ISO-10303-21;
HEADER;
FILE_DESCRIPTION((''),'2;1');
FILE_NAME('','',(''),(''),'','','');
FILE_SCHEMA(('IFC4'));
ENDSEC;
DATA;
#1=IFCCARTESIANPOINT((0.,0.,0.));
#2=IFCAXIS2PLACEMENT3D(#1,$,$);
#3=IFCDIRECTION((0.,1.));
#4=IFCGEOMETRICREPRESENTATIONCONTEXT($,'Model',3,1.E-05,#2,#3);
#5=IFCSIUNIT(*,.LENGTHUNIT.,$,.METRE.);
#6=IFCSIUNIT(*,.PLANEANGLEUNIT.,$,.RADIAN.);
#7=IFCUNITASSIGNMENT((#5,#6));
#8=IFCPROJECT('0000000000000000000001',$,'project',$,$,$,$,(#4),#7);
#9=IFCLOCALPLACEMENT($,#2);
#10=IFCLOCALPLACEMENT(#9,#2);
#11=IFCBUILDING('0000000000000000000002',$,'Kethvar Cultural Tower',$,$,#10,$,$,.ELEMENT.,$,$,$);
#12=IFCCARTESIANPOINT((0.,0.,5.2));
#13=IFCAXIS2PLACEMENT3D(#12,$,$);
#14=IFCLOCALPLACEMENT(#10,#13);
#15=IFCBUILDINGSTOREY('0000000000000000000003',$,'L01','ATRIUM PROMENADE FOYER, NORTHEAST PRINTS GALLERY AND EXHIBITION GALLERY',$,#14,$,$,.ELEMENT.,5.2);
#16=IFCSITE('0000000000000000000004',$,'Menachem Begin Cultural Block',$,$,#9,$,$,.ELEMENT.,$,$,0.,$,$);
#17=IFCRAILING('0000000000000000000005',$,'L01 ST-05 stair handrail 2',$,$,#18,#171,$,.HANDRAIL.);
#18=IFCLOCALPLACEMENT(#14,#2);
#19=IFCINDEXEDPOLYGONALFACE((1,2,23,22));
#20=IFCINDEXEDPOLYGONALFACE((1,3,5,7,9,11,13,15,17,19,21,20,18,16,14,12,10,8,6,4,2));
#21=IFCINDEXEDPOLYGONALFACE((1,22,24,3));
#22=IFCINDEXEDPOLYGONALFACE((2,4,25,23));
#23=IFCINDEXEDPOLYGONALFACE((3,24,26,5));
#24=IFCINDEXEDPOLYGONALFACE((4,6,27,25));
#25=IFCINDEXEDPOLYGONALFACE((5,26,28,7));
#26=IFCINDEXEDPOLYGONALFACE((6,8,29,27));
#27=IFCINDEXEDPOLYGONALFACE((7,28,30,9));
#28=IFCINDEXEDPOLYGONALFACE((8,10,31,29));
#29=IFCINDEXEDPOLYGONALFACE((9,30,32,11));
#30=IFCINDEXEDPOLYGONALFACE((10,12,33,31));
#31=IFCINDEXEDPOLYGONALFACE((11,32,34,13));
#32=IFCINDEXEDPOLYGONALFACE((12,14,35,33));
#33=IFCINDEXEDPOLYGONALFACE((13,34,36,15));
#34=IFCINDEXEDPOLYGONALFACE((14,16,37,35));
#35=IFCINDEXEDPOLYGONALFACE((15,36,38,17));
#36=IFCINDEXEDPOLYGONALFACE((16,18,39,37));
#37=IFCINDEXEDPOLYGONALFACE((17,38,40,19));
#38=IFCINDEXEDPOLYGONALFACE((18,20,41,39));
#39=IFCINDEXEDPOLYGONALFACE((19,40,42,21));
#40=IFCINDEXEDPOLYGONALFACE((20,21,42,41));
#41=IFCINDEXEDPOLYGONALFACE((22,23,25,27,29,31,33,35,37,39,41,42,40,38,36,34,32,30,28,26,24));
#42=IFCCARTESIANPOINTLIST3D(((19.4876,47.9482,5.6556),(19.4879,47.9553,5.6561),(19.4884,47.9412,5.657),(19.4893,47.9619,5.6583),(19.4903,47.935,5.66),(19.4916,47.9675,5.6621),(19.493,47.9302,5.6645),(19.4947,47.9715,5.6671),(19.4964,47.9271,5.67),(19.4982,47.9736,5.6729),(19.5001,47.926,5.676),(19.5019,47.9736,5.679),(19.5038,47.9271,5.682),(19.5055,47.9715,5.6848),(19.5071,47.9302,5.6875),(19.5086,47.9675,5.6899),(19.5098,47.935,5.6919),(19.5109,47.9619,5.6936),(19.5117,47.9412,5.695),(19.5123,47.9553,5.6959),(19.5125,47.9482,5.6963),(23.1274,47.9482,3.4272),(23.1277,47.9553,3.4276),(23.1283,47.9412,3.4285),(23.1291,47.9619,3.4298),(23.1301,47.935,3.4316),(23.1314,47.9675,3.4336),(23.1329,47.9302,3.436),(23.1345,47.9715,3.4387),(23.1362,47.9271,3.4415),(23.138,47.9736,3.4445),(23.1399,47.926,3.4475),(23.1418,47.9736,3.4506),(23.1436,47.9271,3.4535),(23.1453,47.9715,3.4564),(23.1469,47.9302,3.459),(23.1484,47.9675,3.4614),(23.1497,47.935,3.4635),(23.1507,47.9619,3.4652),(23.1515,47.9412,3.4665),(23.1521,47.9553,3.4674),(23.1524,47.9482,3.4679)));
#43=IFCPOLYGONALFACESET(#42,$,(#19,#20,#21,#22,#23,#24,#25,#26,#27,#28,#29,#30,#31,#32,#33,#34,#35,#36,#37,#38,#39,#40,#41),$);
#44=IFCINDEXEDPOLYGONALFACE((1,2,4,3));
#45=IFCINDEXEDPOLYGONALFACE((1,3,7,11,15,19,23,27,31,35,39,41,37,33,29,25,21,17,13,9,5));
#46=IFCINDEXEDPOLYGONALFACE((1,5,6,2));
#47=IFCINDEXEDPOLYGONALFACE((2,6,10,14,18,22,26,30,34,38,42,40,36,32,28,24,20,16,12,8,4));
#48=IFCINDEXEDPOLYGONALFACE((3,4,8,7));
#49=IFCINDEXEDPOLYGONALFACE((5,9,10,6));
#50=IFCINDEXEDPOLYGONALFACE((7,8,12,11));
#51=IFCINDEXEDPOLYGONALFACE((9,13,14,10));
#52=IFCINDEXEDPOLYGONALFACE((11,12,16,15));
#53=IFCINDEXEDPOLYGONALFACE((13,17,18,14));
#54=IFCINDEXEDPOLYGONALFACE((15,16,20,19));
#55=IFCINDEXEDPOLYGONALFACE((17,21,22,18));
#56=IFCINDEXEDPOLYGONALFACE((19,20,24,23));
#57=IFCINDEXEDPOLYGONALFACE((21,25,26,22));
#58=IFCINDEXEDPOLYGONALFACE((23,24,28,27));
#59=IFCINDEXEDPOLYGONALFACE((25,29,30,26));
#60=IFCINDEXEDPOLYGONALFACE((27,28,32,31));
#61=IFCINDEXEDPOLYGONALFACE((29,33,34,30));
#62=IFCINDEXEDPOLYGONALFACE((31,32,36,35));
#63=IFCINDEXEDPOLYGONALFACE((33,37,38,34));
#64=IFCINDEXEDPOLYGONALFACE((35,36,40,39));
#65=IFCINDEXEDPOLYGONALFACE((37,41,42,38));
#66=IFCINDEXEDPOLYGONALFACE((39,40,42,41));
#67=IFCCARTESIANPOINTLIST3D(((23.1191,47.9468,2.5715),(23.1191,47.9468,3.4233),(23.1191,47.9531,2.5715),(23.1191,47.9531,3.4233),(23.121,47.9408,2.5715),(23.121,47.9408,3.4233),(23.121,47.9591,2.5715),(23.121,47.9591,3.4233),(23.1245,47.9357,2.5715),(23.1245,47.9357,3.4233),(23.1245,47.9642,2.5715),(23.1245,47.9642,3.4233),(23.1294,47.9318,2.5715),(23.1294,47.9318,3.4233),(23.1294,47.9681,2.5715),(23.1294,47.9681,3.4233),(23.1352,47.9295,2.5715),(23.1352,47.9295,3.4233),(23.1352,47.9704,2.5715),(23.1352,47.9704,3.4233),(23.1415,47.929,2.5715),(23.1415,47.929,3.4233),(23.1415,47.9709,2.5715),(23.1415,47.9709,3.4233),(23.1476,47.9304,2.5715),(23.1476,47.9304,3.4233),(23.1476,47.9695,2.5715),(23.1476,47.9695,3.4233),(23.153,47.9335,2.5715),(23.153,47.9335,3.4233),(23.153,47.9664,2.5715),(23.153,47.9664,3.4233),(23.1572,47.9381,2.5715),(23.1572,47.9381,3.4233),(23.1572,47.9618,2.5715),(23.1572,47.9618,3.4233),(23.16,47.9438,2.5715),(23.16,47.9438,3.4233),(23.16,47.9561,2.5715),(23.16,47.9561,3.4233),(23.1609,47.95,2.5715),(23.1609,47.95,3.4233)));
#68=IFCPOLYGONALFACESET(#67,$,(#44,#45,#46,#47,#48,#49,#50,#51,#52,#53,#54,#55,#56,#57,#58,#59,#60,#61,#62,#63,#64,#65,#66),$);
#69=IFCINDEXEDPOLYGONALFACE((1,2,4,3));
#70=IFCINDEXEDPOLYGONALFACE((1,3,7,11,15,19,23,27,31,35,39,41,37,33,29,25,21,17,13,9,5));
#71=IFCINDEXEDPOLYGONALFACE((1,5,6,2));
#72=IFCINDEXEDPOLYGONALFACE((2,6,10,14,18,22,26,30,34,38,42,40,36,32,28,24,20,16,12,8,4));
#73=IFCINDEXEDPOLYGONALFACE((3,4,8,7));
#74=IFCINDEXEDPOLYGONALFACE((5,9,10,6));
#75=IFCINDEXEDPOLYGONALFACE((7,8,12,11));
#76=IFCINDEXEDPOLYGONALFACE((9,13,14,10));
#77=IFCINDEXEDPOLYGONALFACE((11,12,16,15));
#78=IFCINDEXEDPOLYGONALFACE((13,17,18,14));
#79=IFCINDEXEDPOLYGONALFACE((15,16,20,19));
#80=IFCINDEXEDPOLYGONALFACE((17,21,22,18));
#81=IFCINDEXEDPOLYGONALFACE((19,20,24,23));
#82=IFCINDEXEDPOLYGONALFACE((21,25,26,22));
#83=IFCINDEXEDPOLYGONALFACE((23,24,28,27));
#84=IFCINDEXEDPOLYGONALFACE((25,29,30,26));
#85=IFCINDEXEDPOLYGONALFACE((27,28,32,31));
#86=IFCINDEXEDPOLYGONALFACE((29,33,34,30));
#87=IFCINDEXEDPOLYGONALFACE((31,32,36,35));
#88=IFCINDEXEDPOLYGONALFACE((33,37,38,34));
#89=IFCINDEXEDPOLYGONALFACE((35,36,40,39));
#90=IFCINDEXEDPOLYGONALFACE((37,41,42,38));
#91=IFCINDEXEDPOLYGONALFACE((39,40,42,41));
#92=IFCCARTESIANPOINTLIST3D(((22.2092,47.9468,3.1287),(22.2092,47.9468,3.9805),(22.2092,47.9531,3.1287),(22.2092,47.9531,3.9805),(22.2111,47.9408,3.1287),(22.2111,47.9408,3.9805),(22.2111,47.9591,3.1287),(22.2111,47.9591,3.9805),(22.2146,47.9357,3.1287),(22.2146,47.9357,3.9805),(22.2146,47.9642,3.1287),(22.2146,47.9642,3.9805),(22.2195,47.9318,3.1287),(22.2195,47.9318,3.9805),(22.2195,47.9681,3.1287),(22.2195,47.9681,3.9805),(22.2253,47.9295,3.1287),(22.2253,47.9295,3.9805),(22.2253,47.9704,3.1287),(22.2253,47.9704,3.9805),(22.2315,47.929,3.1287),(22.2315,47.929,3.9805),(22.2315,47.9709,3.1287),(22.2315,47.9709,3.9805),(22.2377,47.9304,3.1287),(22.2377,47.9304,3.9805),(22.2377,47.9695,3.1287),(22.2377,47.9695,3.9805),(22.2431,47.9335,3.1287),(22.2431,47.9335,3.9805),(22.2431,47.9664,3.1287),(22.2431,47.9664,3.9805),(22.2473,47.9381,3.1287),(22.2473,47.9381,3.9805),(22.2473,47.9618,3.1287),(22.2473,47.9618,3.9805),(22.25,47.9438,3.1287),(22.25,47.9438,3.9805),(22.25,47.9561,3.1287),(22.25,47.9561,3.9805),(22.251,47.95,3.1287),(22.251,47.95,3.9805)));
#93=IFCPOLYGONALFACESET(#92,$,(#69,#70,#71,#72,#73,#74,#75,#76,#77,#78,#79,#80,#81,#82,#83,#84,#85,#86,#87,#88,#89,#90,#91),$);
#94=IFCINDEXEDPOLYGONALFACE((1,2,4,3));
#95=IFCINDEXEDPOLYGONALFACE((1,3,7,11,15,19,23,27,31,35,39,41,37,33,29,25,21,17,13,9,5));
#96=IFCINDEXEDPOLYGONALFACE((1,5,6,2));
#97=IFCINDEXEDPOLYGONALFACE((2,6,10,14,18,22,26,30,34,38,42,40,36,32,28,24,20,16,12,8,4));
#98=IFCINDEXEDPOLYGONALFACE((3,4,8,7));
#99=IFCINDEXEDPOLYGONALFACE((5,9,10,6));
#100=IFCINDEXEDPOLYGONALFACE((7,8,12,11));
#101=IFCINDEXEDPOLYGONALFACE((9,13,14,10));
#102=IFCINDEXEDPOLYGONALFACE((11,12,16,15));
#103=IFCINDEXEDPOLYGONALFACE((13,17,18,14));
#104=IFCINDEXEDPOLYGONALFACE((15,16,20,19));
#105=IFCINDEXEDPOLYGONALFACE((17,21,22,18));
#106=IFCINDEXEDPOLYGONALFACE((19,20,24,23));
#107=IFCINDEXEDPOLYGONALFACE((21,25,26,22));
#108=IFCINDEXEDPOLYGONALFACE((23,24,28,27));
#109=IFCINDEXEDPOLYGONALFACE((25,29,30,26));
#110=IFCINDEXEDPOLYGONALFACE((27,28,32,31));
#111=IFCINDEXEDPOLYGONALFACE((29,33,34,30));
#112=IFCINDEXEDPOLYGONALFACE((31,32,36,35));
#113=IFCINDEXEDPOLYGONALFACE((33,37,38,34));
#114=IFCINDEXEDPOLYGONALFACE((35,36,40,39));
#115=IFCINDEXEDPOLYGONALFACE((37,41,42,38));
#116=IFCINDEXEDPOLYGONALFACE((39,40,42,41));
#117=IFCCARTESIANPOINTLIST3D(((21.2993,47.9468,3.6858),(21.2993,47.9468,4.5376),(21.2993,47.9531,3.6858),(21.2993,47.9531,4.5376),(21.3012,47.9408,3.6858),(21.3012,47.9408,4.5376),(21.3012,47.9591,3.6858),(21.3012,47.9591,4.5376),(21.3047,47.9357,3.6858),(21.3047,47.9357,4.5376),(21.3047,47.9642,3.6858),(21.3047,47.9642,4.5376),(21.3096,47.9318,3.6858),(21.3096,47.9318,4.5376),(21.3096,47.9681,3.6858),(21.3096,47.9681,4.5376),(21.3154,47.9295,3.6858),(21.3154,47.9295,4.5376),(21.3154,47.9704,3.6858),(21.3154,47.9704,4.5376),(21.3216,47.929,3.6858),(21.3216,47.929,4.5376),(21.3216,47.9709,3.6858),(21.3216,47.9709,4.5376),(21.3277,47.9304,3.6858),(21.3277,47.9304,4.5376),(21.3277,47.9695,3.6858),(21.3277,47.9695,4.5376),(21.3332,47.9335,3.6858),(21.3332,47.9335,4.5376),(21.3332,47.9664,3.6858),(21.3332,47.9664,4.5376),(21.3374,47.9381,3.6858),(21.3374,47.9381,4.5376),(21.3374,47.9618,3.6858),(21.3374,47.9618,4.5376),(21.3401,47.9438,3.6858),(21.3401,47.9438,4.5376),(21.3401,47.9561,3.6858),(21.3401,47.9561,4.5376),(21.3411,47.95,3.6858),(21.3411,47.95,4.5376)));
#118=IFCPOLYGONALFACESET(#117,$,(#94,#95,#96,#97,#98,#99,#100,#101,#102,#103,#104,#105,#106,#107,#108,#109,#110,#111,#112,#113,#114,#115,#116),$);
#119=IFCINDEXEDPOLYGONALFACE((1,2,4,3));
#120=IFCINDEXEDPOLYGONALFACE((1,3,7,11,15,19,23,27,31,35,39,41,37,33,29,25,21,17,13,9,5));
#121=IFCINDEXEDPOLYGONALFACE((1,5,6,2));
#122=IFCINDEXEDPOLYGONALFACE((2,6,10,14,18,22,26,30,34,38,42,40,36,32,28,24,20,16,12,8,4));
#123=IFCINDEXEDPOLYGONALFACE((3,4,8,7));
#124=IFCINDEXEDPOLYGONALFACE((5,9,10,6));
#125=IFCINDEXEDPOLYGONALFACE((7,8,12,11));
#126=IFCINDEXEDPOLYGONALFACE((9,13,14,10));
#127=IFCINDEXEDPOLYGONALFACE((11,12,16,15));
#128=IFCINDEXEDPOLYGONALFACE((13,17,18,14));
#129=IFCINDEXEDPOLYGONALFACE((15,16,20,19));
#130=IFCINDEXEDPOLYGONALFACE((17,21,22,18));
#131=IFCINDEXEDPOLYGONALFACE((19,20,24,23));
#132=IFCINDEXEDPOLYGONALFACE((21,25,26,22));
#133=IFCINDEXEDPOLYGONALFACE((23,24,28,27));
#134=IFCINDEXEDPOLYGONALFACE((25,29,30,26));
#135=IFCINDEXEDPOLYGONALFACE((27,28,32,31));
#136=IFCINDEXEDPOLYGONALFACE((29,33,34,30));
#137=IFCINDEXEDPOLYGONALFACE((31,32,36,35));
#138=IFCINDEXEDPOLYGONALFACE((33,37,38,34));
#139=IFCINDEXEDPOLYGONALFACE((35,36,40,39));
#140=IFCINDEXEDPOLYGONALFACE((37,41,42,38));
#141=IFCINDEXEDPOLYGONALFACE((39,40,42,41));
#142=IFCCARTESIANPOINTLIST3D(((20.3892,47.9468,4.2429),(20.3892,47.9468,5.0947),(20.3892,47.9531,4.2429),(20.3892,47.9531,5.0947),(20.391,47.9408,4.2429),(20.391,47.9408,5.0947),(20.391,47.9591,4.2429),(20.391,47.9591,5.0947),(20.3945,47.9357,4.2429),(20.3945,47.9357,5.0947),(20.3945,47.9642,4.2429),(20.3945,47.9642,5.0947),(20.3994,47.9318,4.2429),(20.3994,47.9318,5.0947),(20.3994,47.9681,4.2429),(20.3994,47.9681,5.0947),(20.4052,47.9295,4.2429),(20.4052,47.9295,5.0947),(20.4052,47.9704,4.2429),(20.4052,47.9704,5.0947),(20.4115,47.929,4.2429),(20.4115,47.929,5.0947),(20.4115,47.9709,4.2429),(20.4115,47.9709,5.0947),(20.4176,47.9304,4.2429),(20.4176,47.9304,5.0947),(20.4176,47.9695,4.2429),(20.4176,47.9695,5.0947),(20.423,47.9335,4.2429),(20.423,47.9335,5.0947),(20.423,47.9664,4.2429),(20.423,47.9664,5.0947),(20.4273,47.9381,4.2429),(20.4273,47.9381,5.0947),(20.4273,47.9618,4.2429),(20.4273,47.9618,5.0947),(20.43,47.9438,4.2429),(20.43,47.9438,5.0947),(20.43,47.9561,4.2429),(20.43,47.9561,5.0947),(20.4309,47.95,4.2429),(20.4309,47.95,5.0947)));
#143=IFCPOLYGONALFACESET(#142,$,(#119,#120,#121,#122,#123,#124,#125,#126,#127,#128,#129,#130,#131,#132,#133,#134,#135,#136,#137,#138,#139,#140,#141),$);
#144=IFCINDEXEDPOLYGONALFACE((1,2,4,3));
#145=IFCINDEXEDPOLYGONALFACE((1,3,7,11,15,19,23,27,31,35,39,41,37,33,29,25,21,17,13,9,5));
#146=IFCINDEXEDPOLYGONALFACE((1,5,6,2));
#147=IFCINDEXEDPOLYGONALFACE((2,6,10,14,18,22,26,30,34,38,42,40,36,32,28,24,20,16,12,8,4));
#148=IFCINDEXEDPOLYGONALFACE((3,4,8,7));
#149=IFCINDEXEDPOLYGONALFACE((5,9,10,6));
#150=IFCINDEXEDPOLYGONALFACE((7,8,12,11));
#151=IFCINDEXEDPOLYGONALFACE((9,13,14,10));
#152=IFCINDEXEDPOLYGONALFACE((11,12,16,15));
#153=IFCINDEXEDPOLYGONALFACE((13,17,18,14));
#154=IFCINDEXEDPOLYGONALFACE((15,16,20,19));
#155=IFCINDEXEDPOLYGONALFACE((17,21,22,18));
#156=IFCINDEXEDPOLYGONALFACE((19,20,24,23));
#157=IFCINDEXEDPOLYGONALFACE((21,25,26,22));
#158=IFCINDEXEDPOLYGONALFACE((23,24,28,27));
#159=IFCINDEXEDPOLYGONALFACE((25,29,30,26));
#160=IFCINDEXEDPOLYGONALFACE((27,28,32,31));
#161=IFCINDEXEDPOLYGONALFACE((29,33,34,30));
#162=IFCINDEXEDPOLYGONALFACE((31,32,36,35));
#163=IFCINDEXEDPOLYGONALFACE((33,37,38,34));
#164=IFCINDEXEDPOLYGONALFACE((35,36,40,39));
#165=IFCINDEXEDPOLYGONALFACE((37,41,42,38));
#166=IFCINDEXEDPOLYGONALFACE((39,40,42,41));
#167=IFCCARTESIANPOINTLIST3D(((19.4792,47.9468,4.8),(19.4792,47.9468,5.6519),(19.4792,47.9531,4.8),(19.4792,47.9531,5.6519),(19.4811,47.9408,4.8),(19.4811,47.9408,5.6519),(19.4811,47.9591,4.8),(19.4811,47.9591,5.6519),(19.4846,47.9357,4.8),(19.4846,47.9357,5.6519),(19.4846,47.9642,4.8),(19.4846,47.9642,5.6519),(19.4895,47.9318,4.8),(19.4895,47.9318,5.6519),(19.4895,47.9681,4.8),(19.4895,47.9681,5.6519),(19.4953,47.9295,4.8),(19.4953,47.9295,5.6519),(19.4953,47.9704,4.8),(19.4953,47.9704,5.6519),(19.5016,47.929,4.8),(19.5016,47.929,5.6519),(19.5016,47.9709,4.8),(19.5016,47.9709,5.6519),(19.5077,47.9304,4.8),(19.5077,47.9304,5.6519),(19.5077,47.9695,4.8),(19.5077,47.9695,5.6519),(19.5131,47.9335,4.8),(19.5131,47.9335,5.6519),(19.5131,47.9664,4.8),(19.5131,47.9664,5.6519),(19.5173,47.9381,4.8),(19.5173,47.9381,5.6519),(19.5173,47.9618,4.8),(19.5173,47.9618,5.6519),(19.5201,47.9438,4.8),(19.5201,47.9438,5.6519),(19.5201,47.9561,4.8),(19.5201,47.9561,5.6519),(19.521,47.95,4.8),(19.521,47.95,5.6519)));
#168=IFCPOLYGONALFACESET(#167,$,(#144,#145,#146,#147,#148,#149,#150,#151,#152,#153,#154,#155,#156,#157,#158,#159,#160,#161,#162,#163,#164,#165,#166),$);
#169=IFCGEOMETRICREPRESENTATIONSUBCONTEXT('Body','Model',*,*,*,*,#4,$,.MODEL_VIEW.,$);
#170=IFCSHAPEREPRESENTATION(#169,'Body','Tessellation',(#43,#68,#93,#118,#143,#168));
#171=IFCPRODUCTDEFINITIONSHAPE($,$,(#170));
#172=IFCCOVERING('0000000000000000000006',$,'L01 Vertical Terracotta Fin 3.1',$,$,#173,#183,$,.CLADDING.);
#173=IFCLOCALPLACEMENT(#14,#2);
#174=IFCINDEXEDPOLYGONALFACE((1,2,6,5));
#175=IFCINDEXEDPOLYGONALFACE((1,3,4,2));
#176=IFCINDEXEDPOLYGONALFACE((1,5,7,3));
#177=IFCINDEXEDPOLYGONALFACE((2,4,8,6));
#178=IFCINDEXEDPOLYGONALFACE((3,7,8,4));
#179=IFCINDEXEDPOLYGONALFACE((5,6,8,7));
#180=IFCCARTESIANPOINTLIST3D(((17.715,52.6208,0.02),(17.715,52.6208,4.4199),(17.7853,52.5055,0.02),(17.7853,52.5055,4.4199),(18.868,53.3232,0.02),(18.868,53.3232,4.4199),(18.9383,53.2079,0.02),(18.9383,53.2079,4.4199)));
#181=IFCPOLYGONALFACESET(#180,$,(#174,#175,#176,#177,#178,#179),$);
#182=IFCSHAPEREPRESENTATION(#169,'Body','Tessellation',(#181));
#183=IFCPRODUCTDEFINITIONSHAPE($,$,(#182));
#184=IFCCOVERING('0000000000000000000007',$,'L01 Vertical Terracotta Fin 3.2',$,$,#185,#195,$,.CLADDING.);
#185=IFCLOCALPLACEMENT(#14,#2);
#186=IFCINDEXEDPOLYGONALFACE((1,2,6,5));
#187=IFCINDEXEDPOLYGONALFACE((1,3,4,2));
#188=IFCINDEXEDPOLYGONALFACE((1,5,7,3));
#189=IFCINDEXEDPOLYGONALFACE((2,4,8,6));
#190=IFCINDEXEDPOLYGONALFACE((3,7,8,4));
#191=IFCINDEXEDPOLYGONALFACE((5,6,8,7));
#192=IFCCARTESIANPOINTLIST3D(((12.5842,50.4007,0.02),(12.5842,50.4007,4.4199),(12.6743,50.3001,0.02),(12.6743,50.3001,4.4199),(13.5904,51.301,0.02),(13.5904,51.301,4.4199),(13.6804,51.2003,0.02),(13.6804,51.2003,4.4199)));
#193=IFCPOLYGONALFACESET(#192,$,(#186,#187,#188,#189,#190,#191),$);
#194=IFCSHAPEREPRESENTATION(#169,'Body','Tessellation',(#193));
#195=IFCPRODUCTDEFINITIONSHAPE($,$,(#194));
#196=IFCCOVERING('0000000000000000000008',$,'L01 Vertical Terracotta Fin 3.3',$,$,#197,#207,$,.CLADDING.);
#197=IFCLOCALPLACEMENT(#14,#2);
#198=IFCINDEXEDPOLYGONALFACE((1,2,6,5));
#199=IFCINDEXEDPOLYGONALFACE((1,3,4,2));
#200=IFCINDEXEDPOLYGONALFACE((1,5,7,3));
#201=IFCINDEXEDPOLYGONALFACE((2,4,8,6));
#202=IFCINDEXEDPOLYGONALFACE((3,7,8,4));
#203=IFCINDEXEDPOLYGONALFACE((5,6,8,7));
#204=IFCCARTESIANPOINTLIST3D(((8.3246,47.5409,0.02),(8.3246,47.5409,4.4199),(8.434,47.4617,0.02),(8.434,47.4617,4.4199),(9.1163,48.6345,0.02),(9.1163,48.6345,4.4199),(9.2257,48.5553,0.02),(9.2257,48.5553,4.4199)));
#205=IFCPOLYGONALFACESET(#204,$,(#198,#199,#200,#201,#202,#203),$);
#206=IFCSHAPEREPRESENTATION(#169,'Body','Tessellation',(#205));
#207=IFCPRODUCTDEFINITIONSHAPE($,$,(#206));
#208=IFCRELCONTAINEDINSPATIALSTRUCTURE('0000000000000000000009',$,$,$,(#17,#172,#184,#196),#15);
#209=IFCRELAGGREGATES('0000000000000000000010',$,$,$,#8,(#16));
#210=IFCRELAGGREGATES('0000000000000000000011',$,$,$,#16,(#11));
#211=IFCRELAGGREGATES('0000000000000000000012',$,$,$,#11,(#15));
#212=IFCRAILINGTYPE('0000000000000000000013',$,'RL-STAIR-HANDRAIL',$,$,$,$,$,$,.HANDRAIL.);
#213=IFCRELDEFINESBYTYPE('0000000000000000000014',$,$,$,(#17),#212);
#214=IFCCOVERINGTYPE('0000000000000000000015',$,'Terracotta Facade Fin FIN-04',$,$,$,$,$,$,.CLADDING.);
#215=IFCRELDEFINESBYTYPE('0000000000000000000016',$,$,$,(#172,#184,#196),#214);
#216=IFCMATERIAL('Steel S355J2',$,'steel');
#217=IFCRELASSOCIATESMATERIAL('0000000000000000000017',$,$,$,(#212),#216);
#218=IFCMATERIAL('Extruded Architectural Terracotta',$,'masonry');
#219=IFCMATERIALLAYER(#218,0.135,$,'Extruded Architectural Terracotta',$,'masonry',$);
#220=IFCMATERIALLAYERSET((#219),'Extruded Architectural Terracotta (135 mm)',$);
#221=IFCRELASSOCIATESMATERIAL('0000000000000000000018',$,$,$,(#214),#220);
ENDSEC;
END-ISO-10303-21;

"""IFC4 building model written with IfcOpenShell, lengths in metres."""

from ifc_helpers import new_model, si_unit, direction, frame, origin, origin_2d, place, context, subcontext, project, spatial, rectangle, circle, extrude, source, transform, mapped, material, layer, layer_set, type_object, element, save


model = new_model("IFC4")

# Units and contexts
model_context = context("Model", 3, precision=1e-05, world=origin(), true_north=direction((0.0, 1.0)))
body_context = subcontext(model_context, "Body", "Model", "MODEL_VIEW")
ifc_project = project(units=[si_unit("LENGTHUNIT", "METRE"), si_unit("PLANEANGLEUNIT", "RADIAN")], contexts=[model_context])

# Site, building, storey
site_placement = place(None, origin())
site = spatial("IfcSite", under=ifc_project, at=site_placement, Name="Menachem Begin Cultural Block", CompositionType="ELEMENT", RefElevation=0.0)
building_placement = place(site_placement, origin())
building = spatial("IfcBuilding", under=site, at=building_placement, Name="Kethvar Cultural Tower", CompositionType="ELEMENT")
storey_placement = place(building_placement, frame((0.0, 0.0, 5.2)))
storey = spatial("IfcBuildingStorey", under=building, at=storey_placement, Name="L01", Description="ATRIUM PROMENADE FOYER, NORTHEAST PRINTS GALLERY AND EXHIBITION GALLERY", CompositionType="ELEMENT", Elevation=5.2)

# Railing
ifc_material_1 = material(Name="Steel S355J2", Category="steel")
railing_type_1 = type_object("IfcRailingType", Name="RL-STAIR-HANDRAIL", PredefinedType="HANDRAIL", material=ifc_material_1)
railing_1_placement = place(storey_placement, frame((23.1399, 47.95, 2.5715)))
element("IfcRailing", 1, at=railing_1_placement, inside=storey, type_object=railing_type_1, Name="L01 ST-05 stair handrail 2", PredefinedType="HANDRAIL", context=body_context, shape_type="SweptSolid", body=[
    extrude(circle(Radius=0.0239, at=origin_2d()), frame((0.0, 0.0, 0.876), z_axis=(-0.85285, 0.0, 0.522156), x_axis=(0.0, -1.0, 0.0)), (0.0, 0.0, 1.0), 4.2678),
    extrude(circle(Radius=0.021, at=origin_2d()), origin(), (0.0, 0.0, 1.0), 0.8518),
    extrude(circle(Radius=0.021, at=origin_2d()), frame((-0.9099, 0.0, 0.5571)), (0.0, 0.0, 1.0), 0.8518),
    extrude(circle(Radius=0.021, at=origin_2d()), frame((-1.8198, 0.0, 1.1143)), (0.0, 0.0, 1.0), 0.8518),
    extrude(circle(Radius=0.021, at=origin_2d()), frame((-2.73, 0.0, 1.6714)), (0.0, 0.0, 1.0), 0.8518),
    extrude(circle(Radius=0.021, at=origin_2d()), frame((-3.6399, 0.0, 2.2285)), (0.0, 0.0, 1.0), 0.8518),
])

# Coverings
ifc_material_2 = material(Name="Extruded Architectural Terracotta", Category="masonry")
ifc_layer_1 = layer(ifc_material_2, 0.135, Name="Extruded Architectural Terracotta", Category="masonry")
ifc_layer_set_1 = layer_set([ifc_layer_1], Name="Extruded Architectural Terracotta (135 mm)")
covering_type = type_object("IfcCoveringType", Name="Terracotta Facade Fin FIN-04", PredefinedType="CLADDING", material=ifc_layer_set_1)
shared_shape_1 = source(origin(), body_context, "Body", "SweptSolid", [
    extrude(rectangle(XDim=1.3501, YDim=0.135, at=origin_2d()), origin(), (0.0, 0.0, 1.0), 4.3999),
])
for number, where, z_axis, x_axis, name in (
    (2, (18.3267, 52.9143, 0.02), (0.0, 0.0, 1.0), (0.854005, 0.520265, 0.0), "L01 Vertical Terracotta Fin 3.1"),
    (3, (13.1323, 50.8005, 0.02), (0.0, 0.0, 1.0), (0.745243, 0.666793, 0.0), "L01 Vertical Terracotta Fin 3.2"),
    (4, (8.7751, 48.0481, 0.02), (0.0, 0.0, 1.0), (0.586372, 0.810042, 0.0), "L01 Vertical Terracotta Fin 3.3"),
):
    element("IfcCovering", number, at=place(storey_placement, frame(where, z_axis=z_axis, x_axis=x_axis)), inside=storey, type_object=covering_type, Name=name, PredefinedType="CLADDING", context=body_context, shape_type="MappedRepresentation", body=[
        mapped(shared_shape_1, transform((0.0, 0.0, 0.0), scale=1.0)),
    ])

save(model, "model.ifc")
